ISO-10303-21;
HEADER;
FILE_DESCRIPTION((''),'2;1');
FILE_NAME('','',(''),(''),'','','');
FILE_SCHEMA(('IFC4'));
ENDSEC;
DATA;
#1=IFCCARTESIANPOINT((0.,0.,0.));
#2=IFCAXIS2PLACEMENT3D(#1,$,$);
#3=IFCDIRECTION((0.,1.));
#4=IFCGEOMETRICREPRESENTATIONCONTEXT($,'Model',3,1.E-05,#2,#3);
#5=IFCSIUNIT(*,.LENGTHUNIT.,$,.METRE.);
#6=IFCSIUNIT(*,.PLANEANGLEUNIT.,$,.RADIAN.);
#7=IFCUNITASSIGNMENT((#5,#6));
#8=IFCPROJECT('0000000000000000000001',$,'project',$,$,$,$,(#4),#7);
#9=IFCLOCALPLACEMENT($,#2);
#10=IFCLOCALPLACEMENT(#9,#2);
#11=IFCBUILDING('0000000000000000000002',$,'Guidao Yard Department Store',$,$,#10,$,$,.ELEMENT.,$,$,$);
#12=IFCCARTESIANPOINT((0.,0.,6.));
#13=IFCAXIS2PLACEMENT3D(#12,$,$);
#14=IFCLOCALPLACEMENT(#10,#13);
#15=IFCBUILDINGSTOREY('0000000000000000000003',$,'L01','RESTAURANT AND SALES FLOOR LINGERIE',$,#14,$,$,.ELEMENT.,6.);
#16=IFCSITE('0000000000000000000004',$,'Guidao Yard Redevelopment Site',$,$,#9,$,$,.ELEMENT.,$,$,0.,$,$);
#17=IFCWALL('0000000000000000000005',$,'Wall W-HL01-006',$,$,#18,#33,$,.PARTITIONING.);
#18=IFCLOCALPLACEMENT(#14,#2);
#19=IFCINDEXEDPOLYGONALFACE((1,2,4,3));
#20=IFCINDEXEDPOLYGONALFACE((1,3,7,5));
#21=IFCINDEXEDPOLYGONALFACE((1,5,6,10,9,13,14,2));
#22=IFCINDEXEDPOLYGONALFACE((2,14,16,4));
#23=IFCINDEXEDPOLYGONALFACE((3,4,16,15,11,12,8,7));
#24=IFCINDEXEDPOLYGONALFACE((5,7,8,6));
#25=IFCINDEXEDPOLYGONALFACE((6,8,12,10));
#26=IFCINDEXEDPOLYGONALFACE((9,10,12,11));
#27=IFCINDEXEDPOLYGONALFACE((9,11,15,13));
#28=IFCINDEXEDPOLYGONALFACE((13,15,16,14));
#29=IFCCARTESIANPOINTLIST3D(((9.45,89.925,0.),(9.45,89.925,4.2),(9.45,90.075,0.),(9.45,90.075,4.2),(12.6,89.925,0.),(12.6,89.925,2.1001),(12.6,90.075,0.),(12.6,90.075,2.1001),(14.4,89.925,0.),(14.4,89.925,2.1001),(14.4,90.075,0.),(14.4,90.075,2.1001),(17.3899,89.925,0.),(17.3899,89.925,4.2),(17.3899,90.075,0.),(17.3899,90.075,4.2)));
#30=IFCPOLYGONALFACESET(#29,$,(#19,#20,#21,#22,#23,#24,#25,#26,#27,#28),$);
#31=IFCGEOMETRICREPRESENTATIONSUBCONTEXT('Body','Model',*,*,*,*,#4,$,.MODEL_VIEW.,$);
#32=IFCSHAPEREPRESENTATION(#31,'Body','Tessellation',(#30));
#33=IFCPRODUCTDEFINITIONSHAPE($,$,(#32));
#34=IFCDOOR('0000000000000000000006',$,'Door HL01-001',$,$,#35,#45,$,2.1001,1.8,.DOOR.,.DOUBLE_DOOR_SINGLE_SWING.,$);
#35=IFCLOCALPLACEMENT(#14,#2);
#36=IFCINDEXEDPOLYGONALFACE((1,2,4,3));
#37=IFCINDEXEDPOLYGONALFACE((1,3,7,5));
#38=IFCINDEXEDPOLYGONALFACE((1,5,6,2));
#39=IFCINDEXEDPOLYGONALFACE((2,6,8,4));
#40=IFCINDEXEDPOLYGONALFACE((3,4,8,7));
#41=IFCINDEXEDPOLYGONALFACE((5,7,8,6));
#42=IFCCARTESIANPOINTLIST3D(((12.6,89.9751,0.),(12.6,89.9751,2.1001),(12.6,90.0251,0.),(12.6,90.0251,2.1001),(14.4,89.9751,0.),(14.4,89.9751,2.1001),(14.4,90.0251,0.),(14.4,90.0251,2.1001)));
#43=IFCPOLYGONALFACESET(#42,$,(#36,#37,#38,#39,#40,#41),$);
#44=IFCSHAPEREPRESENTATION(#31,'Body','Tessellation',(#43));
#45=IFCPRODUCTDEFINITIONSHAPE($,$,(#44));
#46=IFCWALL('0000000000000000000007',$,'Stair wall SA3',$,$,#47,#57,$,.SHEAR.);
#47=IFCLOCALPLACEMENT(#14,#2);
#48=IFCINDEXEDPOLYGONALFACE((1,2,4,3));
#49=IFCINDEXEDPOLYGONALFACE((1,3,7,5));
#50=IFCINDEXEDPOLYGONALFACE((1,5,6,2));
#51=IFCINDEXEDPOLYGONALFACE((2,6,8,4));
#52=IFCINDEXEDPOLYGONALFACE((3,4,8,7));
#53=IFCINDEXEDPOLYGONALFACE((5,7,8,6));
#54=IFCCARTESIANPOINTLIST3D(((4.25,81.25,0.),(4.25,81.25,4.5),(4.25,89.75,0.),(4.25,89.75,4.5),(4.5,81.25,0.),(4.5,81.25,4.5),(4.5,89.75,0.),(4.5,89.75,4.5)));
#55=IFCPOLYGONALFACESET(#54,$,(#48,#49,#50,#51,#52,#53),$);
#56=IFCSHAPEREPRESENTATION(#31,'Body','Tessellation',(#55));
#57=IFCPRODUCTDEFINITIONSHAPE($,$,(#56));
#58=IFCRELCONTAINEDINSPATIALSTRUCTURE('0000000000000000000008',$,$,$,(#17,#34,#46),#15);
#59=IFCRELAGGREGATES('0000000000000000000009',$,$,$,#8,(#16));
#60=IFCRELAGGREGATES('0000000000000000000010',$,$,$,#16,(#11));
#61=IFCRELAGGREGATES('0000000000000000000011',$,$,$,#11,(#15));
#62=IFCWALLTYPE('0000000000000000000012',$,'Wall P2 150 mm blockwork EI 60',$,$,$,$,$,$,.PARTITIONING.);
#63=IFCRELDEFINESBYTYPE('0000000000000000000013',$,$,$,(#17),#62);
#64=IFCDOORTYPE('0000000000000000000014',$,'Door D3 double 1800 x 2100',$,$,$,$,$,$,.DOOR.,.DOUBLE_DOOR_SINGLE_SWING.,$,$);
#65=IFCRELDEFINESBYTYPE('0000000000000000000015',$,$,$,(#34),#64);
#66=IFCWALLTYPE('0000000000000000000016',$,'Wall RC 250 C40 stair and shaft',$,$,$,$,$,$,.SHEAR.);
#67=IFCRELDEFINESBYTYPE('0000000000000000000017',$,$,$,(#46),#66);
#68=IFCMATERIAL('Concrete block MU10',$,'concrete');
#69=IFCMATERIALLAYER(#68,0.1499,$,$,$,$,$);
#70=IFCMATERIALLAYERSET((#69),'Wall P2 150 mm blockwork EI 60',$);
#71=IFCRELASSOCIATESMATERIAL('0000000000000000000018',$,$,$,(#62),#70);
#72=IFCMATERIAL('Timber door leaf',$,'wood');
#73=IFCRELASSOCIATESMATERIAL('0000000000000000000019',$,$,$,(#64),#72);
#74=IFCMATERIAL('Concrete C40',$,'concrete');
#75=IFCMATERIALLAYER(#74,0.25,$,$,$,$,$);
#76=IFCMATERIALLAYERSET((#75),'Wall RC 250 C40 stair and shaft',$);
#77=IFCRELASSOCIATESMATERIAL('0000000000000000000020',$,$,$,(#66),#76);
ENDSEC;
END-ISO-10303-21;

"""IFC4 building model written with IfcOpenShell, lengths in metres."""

from ifc_helpers import new_model, si_unit, direction, frame, frame_2d, origin, place, context, subcontext, project, spatial, rectangle, extrude, material, layer, layer_set, type_object, element, fill, save


model = new_model("IFC4")

# Units and contexts
model_context = context("Model", 3, precision=1e-05, world=origin(), true_north=direction((0.0, 1.0)))
body_context = subcontext(model_context, "Body", "Model", "MODEL_VIEW")
ifc_project = project(units=[si_unit("LENGTHUNIT", "METRE"), si_unit("PLANEANGLEUNIT", "RADIAN")], contexts=[model_context])

# Site, building, storey
site_placement = place(None, origin())
site = spatial("IfcSite", under=ifc_project, at=site_placement, Name="Guidao Yard Redevelopment Site", CompositionType="ELEMENT", RefElevation=0.0)
building_placement = place(site_placement, origin())
building = spatial("IfcBuilding", under=site, at=building_placement, Name="Guidao Yard Department Store", CompositionType="ELEMENT")
storey_placement = place(building_placement, frame((0.0, 0.0, 6.0)))
storey = spatial("IfcBuildingStorey", under=building, at=storey_placement, Name="L01", Description="RESTAURANT AND SALES FLOOR LINGERIE", CompositionType="ELEMENT", Elevation=6.0)

# Shared definitions
ifc_material_1 = material(Name="Concrete block MU10", Category="concrete")
ifc_layer_1 = layer(ifc_material_1, 0.1499)
ifc_layer_set_1 = layer_set([ifc_layer_1], Name="Wall P2 150 mm blockwork EI 60")
wall_type_1 = type_object("IfcWallType", Name="Wall P2 150 mm blockwork EI 60", PredefinedType="PARTITIONING", material=ifc_layer_set_1)

# Wall, opening, door
wall_1_placement = place(storey_placement, frame((9.45, 90.0, 0.0), z_axis=(0.0, 0.0, 1.0), x_axis=(1.0, 0.0, 0.0)))
wall_1 = element("IfcWall", 1, at=wall_1_placement, inside=storey, type_object=wall_type_1, Name="Wall W-HL01-006", PredefinedType="PARTITIONING", context=body_context, shape_type="SweptSolid", body=[
    extrude(rectangle(XDim=7.9399, YDim=0.1499, at=frame_2d((3.97, 0.0))), origin(), (0.0, 0.0, 1.0), 4.2),
])
opening_placement = place(wall_1_placement, frame((4.95, 0.0, 0.0), z_axis=(0.0, 0.0, 1.0), x_axis=(-1.0, 0.0, 0.0)))
opening = element("IfcOpeningElement", 2, at=opening_placement, cuts=wall_1, PredefinedType="OPENING", context=body_context, shape_type="SweptSolid", body=[
    extrude(rectangle(XDim=1.8, YDim=2.1001, at=frame_2d((0.8999, 1.05))), frame((0.0, 0.085, 0.0), z_axis=(0.0, -1.0, 0.0), x_axis=(1.0, 0.0, 0.0)), (0.0, 0.0, 1.0), 0.1699),
])
ifc_material_2 = material(Name="Timber door leaf", Category="wood")
door_type = type_object("IfcDoorType", Name="Door D3 double 1800 x 2100", OperationType="DOUBLE_DOOR_SINGLE_SWING", PredefinedType="DOOR", material=ifc_material_2)
door_placement = place(opening_placement, origin())
door = element("IfcDoor", 3, at=door_placement, inside=storey, type_object=door_type, Name="Door HL01-001", OperationType="DOUBLE_DOOR_SINGLE_SWING", OverallHeight=2.1001, OverallWidth=1.8, PredefinedType="DOOR", context=body_context, shape_type="SweptSolid", body=[
    extrude(rectangle(XDim=1.8, YDim=2.1001, at=frame_2d((0.8999, 1.05))), frame((0.0, 0.0249, 0.0), z_axis=(0.0, -1.0, 0.0), x_axis=(1.0, 0.0, 0.0)), (0.0, 0.0, 1.0), 0.05),
])
fill(opening, door)

# Wall
ifc_material_3 = material(Name="Concrete C40", Category="concrete")
ifc_layer_2 = layer(ifc_material_3, 0.25)
ifc_layer_set_2 = layer_set([ifc_layer_2], Name="Wall RC 250 C40 stair and shaft")
wall_type_2 = type_object("IfcWallType", Name="Wall RC 250 C40 stair and shaft", PredefinedType="SHEAR", material=ifc_layer_set_2)
wall_2_placement = place(storey_placement, frame((4.375, 81.25, 0.0), z_axis=(0.0, 0.0, 1.0), x_axis=(0.0, 1.0, 0.0)))
element("IfcWall", 4, at=wall_2_placement, inside=storey, type_object=wall_type_2, Name="Stair wall SA3", PredefinedType="SHEAR", context=body_context, shape_type="SweptSolid", body=[
    extrude(rectangle(XDim=8.5, YDim=0.25, at=frame_2d((4.25, 0.0))), origin(), (0.0, 0.0, 1.0), 4.5),
])

save(model, "model.ifc")
